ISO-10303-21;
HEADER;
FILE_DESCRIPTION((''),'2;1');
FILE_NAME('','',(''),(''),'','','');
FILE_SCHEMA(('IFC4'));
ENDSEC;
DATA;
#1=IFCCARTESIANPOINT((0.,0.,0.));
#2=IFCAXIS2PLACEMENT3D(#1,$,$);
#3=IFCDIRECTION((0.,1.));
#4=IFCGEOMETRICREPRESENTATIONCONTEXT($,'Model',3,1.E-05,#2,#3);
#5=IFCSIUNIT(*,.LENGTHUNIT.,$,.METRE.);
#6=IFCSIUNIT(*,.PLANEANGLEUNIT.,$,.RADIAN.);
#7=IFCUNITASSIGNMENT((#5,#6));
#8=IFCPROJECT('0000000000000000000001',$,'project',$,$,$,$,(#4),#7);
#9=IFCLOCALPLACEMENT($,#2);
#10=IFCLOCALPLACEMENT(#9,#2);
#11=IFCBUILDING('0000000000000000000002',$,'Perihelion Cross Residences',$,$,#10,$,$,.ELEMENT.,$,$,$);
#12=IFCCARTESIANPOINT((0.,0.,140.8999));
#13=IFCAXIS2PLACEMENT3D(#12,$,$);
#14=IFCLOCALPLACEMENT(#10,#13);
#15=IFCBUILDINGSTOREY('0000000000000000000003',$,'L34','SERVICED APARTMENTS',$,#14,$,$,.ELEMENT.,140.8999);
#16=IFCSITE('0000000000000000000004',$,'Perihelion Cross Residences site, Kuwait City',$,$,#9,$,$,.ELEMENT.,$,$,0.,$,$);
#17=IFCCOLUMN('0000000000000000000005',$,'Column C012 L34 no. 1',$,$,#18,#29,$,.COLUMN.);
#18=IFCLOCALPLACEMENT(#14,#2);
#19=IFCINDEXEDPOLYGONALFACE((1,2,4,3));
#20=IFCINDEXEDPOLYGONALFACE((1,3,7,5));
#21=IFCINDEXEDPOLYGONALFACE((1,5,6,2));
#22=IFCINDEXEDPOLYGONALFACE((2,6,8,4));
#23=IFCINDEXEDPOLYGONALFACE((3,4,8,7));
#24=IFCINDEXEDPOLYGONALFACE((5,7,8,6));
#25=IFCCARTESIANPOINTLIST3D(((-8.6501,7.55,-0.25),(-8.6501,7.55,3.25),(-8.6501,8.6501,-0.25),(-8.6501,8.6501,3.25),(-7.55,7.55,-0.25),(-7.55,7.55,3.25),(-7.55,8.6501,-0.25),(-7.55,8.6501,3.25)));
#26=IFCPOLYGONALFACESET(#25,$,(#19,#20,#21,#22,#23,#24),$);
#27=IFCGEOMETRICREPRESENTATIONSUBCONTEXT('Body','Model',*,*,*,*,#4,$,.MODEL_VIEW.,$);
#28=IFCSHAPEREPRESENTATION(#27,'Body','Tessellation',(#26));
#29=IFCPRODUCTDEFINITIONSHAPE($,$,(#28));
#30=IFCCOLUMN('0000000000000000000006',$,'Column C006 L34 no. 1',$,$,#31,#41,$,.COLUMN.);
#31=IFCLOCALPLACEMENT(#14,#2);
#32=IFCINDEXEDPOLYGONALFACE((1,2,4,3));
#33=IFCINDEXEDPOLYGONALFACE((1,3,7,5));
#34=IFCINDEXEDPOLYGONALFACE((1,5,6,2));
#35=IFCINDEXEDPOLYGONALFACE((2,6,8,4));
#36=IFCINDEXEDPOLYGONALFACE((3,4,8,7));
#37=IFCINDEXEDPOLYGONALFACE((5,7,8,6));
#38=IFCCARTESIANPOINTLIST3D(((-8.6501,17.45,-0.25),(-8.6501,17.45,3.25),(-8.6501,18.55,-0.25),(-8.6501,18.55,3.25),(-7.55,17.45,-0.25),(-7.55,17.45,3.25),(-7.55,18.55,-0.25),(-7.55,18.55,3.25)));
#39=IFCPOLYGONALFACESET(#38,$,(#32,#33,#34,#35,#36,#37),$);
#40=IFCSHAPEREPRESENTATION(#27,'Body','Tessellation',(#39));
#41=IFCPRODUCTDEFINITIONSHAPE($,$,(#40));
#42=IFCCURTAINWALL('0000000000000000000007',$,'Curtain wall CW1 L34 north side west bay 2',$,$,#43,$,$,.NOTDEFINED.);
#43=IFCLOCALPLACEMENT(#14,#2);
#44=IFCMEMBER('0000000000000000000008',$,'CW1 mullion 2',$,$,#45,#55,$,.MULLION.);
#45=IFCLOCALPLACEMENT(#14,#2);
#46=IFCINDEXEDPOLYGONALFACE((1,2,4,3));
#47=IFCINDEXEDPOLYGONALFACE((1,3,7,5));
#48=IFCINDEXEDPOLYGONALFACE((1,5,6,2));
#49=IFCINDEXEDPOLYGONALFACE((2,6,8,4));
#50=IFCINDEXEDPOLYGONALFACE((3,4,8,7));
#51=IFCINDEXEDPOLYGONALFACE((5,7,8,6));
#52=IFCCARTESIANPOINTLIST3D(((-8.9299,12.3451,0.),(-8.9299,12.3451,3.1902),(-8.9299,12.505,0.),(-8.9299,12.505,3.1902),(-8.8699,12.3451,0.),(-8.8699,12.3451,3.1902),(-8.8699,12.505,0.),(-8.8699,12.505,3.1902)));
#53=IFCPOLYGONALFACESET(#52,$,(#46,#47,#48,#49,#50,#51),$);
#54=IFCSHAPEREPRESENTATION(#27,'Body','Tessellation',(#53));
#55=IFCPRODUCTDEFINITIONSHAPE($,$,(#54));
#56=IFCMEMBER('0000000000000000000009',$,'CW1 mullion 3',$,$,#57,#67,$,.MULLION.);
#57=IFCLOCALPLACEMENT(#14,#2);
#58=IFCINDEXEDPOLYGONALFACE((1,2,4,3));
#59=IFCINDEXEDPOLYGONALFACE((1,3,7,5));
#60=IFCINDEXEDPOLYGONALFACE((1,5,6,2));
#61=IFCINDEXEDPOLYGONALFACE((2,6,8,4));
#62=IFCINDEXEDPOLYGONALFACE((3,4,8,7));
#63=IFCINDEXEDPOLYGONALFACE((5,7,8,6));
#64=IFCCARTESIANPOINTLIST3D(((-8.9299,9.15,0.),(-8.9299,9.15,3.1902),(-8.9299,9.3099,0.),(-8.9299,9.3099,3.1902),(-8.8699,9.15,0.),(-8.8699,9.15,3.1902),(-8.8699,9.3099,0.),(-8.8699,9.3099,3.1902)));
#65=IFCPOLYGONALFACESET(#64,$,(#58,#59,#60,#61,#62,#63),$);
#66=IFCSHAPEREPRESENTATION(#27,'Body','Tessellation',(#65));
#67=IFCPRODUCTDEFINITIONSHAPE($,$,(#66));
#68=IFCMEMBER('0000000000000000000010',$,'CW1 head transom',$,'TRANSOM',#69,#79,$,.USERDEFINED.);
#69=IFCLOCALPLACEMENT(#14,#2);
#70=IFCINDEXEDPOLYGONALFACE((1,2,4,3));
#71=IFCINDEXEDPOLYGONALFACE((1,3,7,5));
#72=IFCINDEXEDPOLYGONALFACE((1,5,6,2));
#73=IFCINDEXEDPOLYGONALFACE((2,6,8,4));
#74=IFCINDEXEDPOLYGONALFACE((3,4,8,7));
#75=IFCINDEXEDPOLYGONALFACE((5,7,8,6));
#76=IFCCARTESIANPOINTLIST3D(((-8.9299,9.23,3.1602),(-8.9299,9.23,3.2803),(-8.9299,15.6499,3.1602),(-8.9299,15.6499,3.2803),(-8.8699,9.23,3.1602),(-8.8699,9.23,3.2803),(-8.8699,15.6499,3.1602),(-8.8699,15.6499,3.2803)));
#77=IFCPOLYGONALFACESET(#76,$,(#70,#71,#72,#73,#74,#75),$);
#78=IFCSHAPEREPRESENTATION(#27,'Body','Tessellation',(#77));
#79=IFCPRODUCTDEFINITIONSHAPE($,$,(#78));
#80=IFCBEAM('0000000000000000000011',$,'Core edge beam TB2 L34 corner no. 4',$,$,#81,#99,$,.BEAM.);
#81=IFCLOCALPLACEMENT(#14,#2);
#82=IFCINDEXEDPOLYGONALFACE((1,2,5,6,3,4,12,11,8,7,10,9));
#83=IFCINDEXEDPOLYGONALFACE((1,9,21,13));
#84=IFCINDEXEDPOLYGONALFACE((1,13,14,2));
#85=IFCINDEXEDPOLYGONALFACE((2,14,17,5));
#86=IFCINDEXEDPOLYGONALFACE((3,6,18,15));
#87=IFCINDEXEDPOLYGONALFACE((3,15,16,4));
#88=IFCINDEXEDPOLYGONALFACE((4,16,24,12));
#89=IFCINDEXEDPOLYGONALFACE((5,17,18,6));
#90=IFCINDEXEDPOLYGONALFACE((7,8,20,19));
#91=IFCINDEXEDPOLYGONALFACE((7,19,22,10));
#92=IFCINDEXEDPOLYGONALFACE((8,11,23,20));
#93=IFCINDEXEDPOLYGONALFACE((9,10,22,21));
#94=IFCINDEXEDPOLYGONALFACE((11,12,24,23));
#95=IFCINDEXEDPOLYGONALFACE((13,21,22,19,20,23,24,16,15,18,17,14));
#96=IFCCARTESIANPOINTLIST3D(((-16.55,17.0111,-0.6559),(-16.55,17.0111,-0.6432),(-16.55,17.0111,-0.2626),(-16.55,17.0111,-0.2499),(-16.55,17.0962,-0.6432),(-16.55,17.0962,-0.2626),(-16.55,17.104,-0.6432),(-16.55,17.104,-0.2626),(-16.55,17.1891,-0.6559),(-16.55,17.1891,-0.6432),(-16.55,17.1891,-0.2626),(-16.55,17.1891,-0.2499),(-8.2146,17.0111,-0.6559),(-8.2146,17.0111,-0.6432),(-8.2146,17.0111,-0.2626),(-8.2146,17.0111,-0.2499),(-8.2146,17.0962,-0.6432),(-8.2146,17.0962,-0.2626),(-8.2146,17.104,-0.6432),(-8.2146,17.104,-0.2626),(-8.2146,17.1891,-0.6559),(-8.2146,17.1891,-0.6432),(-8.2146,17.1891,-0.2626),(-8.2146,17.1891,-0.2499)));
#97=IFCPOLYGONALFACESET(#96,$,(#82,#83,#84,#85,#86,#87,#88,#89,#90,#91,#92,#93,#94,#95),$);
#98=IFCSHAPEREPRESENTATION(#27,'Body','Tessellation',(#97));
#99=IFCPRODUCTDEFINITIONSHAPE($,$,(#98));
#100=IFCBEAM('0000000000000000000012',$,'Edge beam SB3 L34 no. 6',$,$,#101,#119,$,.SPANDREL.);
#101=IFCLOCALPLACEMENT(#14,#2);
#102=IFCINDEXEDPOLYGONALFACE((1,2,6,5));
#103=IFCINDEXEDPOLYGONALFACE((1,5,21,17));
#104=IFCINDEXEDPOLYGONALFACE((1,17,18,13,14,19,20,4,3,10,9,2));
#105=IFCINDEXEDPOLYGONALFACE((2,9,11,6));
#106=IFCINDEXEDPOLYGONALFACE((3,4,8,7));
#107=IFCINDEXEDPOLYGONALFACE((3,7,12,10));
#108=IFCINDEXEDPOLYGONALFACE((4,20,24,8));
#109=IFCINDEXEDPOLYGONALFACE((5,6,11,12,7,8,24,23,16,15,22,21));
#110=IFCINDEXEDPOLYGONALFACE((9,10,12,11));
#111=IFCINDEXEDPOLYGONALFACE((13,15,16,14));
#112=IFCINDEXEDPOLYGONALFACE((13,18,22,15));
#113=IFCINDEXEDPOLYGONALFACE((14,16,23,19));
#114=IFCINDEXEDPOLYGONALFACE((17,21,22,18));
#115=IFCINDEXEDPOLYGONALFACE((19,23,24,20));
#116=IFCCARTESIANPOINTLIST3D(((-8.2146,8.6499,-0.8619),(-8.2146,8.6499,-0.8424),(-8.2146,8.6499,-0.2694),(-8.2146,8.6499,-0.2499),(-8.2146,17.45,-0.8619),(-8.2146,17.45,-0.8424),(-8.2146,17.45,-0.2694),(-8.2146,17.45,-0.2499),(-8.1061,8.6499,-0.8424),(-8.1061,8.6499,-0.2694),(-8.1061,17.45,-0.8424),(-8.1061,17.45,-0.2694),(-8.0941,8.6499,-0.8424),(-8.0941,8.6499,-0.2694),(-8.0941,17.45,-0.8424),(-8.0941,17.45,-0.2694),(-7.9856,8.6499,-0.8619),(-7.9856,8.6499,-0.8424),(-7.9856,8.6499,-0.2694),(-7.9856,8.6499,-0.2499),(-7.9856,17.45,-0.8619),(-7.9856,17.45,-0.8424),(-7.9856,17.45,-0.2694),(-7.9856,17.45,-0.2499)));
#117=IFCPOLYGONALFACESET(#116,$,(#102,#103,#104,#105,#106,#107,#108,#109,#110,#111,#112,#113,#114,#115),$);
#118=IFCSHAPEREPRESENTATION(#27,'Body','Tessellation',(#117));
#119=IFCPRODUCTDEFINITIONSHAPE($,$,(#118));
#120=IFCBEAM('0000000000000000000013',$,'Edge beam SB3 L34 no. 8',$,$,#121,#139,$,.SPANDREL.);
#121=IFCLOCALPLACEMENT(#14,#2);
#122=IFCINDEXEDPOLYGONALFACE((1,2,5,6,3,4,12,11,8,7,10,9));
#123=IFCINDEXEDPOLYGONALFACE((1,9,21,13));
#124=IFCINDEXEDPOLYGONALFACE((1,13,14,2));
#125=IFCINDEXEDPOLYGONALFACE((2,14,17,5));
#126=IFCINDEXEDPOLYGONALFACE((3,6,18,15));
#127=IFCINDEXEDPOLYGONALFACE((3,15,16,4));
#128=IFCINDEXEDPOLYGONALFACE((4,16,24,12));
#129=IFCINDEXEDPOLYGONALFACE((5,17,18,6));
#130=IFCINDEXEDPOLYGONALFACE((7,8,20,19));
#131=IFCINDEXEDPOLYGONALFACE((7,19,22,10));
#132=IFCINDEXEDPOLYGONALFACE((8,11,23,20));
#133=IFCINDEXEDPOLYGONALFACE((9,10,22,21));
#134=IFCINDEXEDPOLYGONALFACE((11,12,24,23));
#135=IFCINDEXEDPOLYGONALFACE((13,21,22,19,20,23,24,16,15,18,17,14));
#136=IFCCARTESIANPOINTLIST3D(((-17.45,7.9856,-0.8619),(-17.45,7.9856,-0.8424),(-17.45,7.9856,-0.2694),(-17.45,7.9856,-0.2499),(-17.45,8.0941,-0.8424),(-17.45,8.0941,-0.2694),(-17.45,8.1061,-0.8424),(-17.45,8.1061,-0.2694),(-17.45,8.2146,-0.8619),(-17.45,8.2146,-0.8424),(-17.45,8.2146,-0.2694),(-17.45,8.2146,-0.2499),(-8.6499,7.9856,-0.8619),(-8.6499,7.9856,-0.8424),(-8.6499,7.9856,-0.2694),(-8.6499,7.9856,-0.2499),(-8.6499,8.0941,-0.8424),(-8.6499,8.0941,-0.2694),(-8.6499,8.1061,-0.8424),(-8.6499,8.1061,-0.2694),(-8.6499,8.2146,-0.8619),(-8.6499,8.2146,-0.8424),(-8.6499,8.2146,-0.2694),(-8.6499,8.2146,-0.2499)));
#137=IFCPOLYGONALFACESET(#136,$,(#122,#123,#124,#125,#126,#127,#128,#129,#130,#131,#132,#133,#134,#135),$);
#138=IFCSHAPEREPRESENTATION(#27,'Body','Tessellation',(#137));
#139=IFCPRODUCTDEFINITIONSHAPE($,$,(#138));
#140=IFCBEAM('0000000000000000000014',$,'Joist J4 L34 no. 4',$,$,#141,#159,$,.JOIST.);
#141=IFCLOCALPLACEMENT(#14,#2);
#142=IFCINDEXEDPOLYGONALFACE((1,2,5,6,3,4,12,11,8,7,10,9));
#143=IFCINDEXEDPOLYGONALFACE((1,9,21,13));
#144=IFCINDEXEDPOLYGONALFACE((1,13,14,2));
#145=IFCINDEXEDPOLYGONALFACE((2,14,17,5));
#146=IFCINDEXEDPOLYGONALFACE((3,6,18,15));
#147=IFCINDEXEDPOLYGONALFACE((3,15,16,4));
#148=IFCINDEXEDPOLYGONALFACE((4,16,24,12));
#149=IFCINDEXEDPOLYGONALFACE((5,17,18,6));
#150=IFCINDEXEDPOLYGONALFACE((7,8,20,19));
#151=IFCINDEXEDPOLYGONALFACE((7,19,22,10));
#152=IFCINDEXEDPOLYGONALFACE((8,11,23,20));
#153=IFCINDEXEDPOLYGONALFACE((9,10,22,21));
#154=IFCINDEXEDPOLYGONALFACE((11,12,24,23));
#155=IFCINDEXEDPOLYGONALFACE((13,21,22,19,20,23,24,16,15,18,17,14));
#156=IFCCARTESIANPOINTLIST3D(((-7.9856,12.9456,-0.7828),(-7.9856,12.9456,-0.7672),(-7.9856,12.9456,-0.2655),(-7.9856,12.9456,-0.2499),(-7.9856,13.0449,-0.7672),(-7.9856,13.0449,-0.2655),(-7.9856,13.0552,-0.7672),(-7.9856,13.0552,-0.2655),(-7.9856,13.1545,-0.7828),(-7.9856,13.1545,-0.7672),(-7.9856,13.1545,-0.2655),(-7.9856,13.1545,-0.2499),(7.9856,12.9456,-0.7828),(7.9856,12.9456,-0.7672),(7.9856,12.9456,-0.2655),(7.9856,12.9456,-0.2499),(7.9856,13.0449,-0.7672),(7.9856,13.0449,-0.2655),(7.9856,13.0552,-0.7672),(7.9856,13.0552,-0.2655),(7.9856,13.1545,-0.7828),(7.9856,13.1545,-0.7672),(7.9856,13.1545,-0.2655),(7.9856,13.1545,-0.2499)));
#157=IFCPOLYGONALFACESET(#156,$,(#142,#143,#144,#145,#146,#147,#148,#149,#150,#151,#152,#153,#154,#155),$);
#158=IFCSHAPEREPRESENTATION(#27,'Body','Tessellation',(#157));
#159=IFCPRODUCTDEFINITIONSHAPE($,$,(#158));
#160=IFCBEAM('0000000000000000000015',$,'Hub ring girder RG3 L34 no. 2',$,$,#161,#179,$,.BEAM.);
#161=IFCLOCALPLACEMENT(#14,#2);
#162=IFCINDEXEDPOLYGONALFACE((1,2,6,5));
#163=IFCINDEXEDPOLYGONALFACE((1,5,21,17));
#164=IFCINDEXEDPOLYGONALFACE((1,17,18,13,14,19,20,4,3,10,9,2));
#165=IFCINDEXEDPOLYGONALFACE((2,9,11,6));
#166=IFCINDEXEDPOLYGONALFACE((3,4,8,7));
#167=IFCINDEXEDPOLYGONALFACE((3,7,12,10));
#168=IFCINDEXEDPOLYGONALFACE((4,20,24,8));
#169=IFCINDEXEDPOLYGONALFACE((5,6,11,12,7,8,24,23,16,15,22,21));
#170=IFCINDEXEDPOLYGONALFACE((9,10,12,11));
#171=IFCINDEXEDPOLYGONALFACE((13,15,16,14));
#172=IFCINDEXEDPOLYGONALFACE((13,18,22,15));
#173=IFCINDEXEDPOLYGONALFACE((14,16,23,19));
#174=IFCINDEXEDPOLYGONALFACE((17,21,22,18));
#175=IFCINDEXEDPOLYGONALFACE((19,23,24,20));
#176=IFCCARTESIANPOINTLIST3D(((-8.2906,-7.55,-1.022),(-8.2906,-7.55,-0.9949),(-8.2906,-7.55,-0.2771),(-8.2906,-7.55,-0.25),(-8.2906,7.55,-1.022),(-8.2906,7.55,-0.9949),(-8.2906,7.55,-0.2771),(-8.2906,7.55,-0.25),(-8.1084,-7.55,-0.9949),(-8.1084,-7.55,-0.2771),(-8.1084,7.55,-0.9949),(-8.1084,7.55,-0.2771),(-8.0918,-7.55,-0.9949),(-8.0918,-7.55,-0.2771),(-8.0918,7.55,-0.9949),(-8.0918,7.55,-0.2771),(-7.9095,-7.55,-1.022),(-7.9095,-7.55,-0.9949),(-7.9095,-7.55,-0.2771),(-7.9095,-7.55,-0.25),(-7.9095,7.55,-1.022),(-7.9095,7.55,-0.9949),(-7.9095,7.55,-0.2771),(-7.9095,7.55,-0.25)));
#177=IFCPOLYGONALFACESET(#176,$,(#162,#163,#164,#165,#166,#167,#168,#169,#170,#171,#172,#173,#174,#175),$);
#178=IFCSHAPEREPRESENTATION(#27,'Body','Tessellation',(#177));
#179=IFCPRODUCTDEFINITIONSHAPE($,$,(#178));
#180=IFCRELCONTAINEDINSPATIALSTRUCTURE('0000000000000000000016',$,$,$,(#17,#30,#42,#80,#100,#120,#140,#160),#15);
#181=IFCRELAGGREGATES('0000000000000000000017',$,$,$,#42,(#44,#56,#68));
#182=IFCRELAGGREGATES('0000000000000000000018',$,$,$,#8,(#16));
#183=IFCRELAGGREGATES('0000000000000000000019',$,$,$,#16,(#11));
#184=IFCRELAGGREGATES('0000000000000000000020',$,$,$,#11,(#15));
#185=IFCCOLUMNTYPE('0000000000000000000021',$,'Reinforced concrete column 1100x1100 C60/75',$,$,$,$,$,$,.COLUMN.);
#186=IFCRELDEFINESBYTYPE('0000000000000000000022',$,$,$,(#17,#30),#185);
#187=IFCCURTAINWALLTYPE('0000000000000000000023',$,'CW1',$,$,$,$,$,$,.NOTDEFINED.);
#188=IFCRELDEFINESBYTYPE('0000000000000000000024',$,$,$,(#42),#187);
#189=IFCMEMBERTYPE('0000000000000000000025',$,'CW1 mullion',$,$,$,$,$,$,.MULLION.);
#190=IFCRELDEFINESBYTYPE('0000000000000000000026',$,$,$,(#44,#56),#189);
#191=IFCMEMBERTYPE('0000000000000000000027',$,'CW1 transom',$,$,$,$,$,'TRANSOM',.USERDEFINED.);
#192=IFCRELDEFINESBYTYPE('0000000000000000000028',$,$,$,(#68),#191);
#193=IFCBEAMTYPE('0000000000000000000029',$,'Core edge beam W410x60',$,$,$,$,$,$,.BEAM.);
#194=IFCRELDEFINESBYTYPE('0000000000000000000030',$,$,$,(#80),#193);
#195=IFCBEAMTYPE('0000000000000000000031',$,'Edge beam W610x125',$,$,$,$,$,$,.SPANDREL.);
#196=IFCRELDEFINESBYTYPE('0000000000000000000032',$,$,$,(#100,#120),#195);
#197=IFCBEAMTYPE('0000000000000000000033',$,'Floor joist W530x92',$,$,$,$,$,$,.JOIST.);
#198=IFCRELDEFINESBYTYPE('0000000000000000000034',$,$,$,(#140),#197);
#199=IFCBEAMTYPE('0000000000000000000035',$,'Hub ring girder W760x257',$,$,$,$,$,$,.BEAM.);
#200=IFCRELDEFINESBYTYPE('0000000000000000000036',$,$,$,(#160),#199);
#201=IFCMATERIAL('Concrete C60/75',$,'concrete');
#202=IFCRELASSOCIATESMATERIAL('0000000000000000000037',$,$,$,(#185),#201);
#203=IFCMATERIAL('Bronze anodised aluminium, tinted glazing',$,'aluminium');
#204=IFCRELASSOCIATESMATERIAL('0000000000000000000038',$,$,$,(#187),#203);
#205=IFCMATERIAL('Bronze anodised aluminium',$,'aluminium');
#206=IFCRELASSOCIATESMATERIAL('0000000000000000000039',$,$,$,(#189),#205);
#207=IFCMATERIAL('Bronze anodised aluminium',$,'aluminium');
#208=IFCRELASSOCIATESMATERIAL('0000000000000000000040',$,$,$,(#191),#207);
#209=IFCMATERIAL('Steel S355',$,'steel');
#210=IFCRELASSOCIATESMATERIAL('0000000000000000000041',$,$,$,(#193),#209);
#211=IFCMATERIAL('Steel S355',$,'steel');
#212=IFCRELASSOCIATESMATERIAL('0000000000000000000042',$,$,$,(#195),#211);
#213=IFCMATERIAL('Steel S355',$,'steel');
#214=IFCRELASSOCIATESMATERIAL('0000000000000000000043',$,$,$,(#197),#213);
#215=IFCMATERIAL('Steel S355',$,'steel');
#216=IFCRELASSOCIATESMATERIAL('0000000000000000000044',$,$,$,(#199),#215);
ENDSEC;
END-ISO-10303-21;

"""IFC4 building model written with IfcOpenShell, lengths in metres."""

from ifc_helpers import new_model, si_unit, direction, frame, origin, origin_2d, place, context, subcontext, project, spatial, rectangle, i_section, extrude, material, material_profile, profile_set, type_object, element, aggregate, save


model = new_model("IFC4")

# Units and contexts
model_context = context("Model", 3, precision=1e-05, world=origin(), true_north=direction((0.0, 1.0)))
body_context = subcontext(model_context, "Body", "Model", "MODEL_VIEW")
ifc_project = project(units=[si_unit("LENGTHUNIT", "METRE"), si_unit("PLANEANGLEUNIT", "RADIAN")], contexts=[model_context])

# Site, building, storey
site_placement = place(None, origin())
site = spatial("IfcSite", under=ifc_project, at=site_placement, Name="Perihelion Cross Residences site, Kuwait City", CompositionType="ELEMENT", RefElevation=0.0)
building_placement = place(site_placement, origin())
building = spatial("IfcBuilding", under=site, at=building_placement, Name="Perihelion Cross Residences", CompositionType="ELEMENT")
storey_placement = place(building_placement, frame((0.0, 0.0, 140.8999)))
storey = spatial("IfcBuildingStorey", under=building, at=storey_placement, Name="L34", Description="SERVICED APARTMENTS", CompositionType="ELEMENT", Elevation=140.8999)

# Columns
ifc_material_1 = material(Name="Concrete C60/75", Category="concrete")
ifc_material_profile_1 = material_profile(ifc_material_1, rectangle(XDim=1.1001, YDim=1.1001, at=origin_2d()), Name="RC 1100x1100")
ifc_profile_set_1 = profile_set([ifc_material_profile_1], Name="Concrete C60/75")
column_type = type_object("IfcColumnType", Name="Reinforced concrete column 1100x1100 C60/75", PredefinedType="COLUMN", material=ifc_profile_set_1)
for number, where, z_axis, x_axis, name in (
    (1, (-8.1001, 8.1001, -0.25), (0.0, 0.0, 1.0), (1.0, 0.0, 0.0), "Column C012 L34 no. 1"),
    (2, (-8.1001, 18.0, -0.25), (0.0, 0.0, 1.0), (1.0, 0.0, 0.0), "Column C006 L34 no. 1"),
):
    element("IfcColumn", number, at=place(storey_placement, frame(where, z_axis=z_axis, x_axis=x_axis)), inside=storey, type_object=column_type, Name=name, PredefinedType="COLUMN", context=body_context, shape_type="SweptSolid", body=[
        extrude(rectangle(XDim=1.1001, YDim=1.1001, at=origin_2d()), origin(), (0.0, 0.0, 1.0), 3.5),
    ])

# Curtain wall, members
ifc_material_2 = material(Name="Bronze anodised aluminium, tinted glazing", Category="aluminium")
curtain_wall_type = type_object("IfcCurtainWallType", Name="CW1", PredefinedType="NOTDEFINED", material=ifc_material_2)
curtain_wall_placement = place(storey_placement, origin())
curtain_wall = element("IfcCurtainWall", 3, at=curtain_wall_placement, inside=storey, type_object=curtain_wall_type, Name="Curtain wall CW1 L34 north side west bay 2", PredefinedType="NOTDEFINED")
ifc_material_3 = material(Name="Bronze anodised aluminium", Category="aluminium")
ifc_material_profile_2 = material_profile(ifc_material_3, rectangle(XDim=0.0601, YDim=0.1599, at=origin_2d()), Name="CW1 mullion")
ifc_profile_set_2 = profile_set([ifc_material_profile_2], Name="Bronze anodised aluminium")
member_type_1 = type_object("IfcMemberType", Name="CW1 mullion", PredefinedType="MULLION", material=ifc_profile_set_2)
member_1_placement = place(storey_placement, frame((-8.8999, 12.425, 0.0), z_axis=(0.0, 0.0, 1.0), x_axis=(1.0, 0.0, 0.0)))
member_1 = element("IfcMember", 4, at=member_1_placement, type_object=member_type_1, Name="CW1 mullion 2", PredefinedType="MULLION", context=body_context, shape_type="SweptSolid", body=[
    extrude(rectangle(XDim=0.0601, YDim=0.1599, at=origin_2d()), origin(), (0.0, 0.0, 1.0), 3.1902),
])
member_2_placement = place(storey_placement, frame((-8.8999, 9.23, 0.0), z_axis=(0.0, 0.0, 1.0), x_axis=(1.0, 0.0, 0.0)))
member_2 = element("IfcMember", 5, at=member_2_placement, type_object=member_type_1, Name="CW1 mullion 3", PredefinedType="MULLION", context=body_context, shape_type="SweptSolid", body=[
    extrude(rectangle(XDim=0.0601, YDim=0.1599, at=origin_2d()), origin(), (0.0, 0.0, 1.0), 3.1902),
])
ifc_material_4 = material(Name="Bronze anodised aluminium", Category="aluminium")
ifc_material_profile_3 = material_profile(ifc_material_4, rectangle(XDim=0.0601, YDim=0.1201, at=origin_2d()), Name="CW1 transom")
ifc_profile_set_3 = profile_set([ifc_material_profile_3], Name="Bronze anodised aluminium")
member_type_2 = type_object("IfcMemberType", Name="CW1 transom", ElementType="TRANSOM", PredefinedType="USERDEFINED", material=ifc_profile_set_3)
member_3_placement = place(storey_placement, frame((-8.8999, 15.6499, 3.2202), z_axis=(0.0, -1.0, 0.0), x_axis=(1.0, 0.0, 0.0)))
member_3 = element("IfcMember", 6, at=member_3_placement, type_object=member_type_2, Name="CW1 head transom", ObjectType="TRANSOM", PredefinedType="USERDEFINED", context=body_context, shape_type="SweptSolid", body=[
    extrude(rectangle(XDim=0.0601, YDim=0.1201, at=origin_2d()), origin(), (0.0, 0.0, 1.0), 6.4199),
])

# Beams
ifc_material_5 = material(Name="Steel S355", Category="steel")
ifc_material_profile_4 = material_profile(ifc_material_5, i_section(OverallWidth=0.178, OverallDepth=0.406, WebThickness=0.0078, FlangeThickness=0.0127, at=origin_2d()), Name="W410x60")
ifc_profile_set_4 = profile_set([ifc_material_profile_4], Name="Steel S355")
beam_type_1 = type_object("IfcBeamType", Name="Core edge beam W410x60", PredefinedType="BEAM", material=ifc_profile_set_4)
beam_1_placement = place(storey_placement, frame((-8.2146, 17.1001, -0.4529), z_axis=(-1.0, 0.0, 0.0), x_axis=(0.0, -1.0, 0.0)))
element("IfcBeam", 7, at=beam_1_placement, inside=storey, type_object=beam_type_1, Name="Core edge beam TB2 L34 corner no. 4", PredefinedType="BEAM", context=body_context, shape_type="SweptSolid", body=[
    extrude(i_section(OverallWidth=0.178, OverallDepth=0.406, WebThickness=0.0078, FlangeThickness=0.0127, at=origin_2d()), origin(), (0.0, 0.0, 1.0), 8.3354),
])
ifc_material_6 = material(Name="Steel S355", Category="steel")
ifc_material_profile_5 = material_profile(ifc_material_6, i_section(OverallWidth=0.229, OverallDepth=0.6121, WebThickness=0.012, FlangeThickness=0.0195, at=origin_2d()), Name="W610x125")
ifc_profile_set_5 = profile_set([ifc_material_profile_5], Name="Steel S355")
beam_type_2 = type_object("IfcBeamType", Name="Edge beam W610x125", PredefinedType="SPANDREL", material=ifc_profile_set_5)
for number, where, z_axis, x_axis, name in (
    (8, (-8.1001, 17.45, -0.5559), (0.0, -1.0, 0.0), (1.0, 0.0, 0.0), "Edge beam SB3 L34 no. 6"),
    (9, (-8.6499, 8.1001, -0.5559), (-1.0, 0.0, 0.0), (0.0, -1.0, 0.0), "Edge beam SB3 L34 no. 8"),
):
    element("IfcBeam", number, at=place(storey_placement, frame(where, z_axis=z_axis, x_axis=x_axis)), inside=storey, type_object=beam_type_2, Name=name, PredefinedType="SPANDREL", context=body_context, shape_type="SweptSolid", body=[
        extrude(i_section(OverallWidth=0.229, OverallDepth=0.6121, WebThickness=0.012, FlangeThickness=0.0195, at=origin_2d()), origin(), (0.0, 0.0, 1.0), 8.8),
    ])
ifc_material_7 = material(Name="Steel S355", Category="steel")
ifc_material_profile_6 = material_profile(ifc_material_7, i_section(OverallWidth=0.209, OverallDepth=0.533, WebThickness=0.0103, FlangeThickness=0.0156, at=origin_2d()), Name="W530x92")
ifc_profile_set_6 = profile_set([ifc_material_profile_6], Name="Steel S355")
beam_type_3 = type_object("IfcBeamType", Name="Floor joist W530x92", PredefinedType="JOIST", material=ifc_profile_set_6)
beam_2_placement = place(storey_placement, frame((-7.9856, 13.05, -0.5164), z_axis=(1.0, 0.0, 0.0), x_axis=(0.0, 1.0, 0.0)))
element("IfcBeam", 10, at=beam_2_placement, inside=storey, type_object=beam_type_3, Name="Joist J4 L34 no. 4", PredefinedType="JOIST", context=body_context, shape_type="SweptSolid", body=[
    extrude(i_section(OverallWidth=0.209, OverallDepth=0.533, WebThickness=0.0103, FlangeThickness=0.0156, at=origin_2d()), origin(), (0.0, 0.0, 1.0), 15.9712),
])
ifc_material_8 = material(Name="Steel S355", Category="steel")
ifc_material_profile_7 = material_profile(ifc_material_8, i_section(OverallWidth=0.3811, OverallDepth=0.772, WebThickness=0.0166, FlangeThickness=0.0271, at=origin_2d()), Name="W760x257")
ifc_profile_set_7 = profile_set([ifc_material_profile_7], Name="Steel S355")
beam_type_4 = type_object("IfcBeamType", Name="Hub ring girder W760x257", PredefinedType="BEAM", material=ifc_profile_set_7)
beam_3_placement = place(storey_placement, frame((-8.1001, 7.55, -0.636), z_axis=(0.0, -1.0, 0.0), x_axis=(1.0, 0.0, 0.0)))
element("IfcBeam", 11, at=beam_3_placement, inside=storey, type_object=beam_type_4, Name="Hub ring girder RG3 L34 no. 2", PredefinedType="BEAM", context=body_context, shape_type="SweptSolid", body=[
    extrude(i_section(OverallWidth=0.3811, OverallDepth=0.772, WebThickness=0.0166, FlangeThickness=0.0271, at=origin_2d()), origin(), (0.0, 0.0, 1.0), 15.1001),
])

aggregate(curtain_wall, [member_1, member_2, member_3])

save(model, "model.ifc")
